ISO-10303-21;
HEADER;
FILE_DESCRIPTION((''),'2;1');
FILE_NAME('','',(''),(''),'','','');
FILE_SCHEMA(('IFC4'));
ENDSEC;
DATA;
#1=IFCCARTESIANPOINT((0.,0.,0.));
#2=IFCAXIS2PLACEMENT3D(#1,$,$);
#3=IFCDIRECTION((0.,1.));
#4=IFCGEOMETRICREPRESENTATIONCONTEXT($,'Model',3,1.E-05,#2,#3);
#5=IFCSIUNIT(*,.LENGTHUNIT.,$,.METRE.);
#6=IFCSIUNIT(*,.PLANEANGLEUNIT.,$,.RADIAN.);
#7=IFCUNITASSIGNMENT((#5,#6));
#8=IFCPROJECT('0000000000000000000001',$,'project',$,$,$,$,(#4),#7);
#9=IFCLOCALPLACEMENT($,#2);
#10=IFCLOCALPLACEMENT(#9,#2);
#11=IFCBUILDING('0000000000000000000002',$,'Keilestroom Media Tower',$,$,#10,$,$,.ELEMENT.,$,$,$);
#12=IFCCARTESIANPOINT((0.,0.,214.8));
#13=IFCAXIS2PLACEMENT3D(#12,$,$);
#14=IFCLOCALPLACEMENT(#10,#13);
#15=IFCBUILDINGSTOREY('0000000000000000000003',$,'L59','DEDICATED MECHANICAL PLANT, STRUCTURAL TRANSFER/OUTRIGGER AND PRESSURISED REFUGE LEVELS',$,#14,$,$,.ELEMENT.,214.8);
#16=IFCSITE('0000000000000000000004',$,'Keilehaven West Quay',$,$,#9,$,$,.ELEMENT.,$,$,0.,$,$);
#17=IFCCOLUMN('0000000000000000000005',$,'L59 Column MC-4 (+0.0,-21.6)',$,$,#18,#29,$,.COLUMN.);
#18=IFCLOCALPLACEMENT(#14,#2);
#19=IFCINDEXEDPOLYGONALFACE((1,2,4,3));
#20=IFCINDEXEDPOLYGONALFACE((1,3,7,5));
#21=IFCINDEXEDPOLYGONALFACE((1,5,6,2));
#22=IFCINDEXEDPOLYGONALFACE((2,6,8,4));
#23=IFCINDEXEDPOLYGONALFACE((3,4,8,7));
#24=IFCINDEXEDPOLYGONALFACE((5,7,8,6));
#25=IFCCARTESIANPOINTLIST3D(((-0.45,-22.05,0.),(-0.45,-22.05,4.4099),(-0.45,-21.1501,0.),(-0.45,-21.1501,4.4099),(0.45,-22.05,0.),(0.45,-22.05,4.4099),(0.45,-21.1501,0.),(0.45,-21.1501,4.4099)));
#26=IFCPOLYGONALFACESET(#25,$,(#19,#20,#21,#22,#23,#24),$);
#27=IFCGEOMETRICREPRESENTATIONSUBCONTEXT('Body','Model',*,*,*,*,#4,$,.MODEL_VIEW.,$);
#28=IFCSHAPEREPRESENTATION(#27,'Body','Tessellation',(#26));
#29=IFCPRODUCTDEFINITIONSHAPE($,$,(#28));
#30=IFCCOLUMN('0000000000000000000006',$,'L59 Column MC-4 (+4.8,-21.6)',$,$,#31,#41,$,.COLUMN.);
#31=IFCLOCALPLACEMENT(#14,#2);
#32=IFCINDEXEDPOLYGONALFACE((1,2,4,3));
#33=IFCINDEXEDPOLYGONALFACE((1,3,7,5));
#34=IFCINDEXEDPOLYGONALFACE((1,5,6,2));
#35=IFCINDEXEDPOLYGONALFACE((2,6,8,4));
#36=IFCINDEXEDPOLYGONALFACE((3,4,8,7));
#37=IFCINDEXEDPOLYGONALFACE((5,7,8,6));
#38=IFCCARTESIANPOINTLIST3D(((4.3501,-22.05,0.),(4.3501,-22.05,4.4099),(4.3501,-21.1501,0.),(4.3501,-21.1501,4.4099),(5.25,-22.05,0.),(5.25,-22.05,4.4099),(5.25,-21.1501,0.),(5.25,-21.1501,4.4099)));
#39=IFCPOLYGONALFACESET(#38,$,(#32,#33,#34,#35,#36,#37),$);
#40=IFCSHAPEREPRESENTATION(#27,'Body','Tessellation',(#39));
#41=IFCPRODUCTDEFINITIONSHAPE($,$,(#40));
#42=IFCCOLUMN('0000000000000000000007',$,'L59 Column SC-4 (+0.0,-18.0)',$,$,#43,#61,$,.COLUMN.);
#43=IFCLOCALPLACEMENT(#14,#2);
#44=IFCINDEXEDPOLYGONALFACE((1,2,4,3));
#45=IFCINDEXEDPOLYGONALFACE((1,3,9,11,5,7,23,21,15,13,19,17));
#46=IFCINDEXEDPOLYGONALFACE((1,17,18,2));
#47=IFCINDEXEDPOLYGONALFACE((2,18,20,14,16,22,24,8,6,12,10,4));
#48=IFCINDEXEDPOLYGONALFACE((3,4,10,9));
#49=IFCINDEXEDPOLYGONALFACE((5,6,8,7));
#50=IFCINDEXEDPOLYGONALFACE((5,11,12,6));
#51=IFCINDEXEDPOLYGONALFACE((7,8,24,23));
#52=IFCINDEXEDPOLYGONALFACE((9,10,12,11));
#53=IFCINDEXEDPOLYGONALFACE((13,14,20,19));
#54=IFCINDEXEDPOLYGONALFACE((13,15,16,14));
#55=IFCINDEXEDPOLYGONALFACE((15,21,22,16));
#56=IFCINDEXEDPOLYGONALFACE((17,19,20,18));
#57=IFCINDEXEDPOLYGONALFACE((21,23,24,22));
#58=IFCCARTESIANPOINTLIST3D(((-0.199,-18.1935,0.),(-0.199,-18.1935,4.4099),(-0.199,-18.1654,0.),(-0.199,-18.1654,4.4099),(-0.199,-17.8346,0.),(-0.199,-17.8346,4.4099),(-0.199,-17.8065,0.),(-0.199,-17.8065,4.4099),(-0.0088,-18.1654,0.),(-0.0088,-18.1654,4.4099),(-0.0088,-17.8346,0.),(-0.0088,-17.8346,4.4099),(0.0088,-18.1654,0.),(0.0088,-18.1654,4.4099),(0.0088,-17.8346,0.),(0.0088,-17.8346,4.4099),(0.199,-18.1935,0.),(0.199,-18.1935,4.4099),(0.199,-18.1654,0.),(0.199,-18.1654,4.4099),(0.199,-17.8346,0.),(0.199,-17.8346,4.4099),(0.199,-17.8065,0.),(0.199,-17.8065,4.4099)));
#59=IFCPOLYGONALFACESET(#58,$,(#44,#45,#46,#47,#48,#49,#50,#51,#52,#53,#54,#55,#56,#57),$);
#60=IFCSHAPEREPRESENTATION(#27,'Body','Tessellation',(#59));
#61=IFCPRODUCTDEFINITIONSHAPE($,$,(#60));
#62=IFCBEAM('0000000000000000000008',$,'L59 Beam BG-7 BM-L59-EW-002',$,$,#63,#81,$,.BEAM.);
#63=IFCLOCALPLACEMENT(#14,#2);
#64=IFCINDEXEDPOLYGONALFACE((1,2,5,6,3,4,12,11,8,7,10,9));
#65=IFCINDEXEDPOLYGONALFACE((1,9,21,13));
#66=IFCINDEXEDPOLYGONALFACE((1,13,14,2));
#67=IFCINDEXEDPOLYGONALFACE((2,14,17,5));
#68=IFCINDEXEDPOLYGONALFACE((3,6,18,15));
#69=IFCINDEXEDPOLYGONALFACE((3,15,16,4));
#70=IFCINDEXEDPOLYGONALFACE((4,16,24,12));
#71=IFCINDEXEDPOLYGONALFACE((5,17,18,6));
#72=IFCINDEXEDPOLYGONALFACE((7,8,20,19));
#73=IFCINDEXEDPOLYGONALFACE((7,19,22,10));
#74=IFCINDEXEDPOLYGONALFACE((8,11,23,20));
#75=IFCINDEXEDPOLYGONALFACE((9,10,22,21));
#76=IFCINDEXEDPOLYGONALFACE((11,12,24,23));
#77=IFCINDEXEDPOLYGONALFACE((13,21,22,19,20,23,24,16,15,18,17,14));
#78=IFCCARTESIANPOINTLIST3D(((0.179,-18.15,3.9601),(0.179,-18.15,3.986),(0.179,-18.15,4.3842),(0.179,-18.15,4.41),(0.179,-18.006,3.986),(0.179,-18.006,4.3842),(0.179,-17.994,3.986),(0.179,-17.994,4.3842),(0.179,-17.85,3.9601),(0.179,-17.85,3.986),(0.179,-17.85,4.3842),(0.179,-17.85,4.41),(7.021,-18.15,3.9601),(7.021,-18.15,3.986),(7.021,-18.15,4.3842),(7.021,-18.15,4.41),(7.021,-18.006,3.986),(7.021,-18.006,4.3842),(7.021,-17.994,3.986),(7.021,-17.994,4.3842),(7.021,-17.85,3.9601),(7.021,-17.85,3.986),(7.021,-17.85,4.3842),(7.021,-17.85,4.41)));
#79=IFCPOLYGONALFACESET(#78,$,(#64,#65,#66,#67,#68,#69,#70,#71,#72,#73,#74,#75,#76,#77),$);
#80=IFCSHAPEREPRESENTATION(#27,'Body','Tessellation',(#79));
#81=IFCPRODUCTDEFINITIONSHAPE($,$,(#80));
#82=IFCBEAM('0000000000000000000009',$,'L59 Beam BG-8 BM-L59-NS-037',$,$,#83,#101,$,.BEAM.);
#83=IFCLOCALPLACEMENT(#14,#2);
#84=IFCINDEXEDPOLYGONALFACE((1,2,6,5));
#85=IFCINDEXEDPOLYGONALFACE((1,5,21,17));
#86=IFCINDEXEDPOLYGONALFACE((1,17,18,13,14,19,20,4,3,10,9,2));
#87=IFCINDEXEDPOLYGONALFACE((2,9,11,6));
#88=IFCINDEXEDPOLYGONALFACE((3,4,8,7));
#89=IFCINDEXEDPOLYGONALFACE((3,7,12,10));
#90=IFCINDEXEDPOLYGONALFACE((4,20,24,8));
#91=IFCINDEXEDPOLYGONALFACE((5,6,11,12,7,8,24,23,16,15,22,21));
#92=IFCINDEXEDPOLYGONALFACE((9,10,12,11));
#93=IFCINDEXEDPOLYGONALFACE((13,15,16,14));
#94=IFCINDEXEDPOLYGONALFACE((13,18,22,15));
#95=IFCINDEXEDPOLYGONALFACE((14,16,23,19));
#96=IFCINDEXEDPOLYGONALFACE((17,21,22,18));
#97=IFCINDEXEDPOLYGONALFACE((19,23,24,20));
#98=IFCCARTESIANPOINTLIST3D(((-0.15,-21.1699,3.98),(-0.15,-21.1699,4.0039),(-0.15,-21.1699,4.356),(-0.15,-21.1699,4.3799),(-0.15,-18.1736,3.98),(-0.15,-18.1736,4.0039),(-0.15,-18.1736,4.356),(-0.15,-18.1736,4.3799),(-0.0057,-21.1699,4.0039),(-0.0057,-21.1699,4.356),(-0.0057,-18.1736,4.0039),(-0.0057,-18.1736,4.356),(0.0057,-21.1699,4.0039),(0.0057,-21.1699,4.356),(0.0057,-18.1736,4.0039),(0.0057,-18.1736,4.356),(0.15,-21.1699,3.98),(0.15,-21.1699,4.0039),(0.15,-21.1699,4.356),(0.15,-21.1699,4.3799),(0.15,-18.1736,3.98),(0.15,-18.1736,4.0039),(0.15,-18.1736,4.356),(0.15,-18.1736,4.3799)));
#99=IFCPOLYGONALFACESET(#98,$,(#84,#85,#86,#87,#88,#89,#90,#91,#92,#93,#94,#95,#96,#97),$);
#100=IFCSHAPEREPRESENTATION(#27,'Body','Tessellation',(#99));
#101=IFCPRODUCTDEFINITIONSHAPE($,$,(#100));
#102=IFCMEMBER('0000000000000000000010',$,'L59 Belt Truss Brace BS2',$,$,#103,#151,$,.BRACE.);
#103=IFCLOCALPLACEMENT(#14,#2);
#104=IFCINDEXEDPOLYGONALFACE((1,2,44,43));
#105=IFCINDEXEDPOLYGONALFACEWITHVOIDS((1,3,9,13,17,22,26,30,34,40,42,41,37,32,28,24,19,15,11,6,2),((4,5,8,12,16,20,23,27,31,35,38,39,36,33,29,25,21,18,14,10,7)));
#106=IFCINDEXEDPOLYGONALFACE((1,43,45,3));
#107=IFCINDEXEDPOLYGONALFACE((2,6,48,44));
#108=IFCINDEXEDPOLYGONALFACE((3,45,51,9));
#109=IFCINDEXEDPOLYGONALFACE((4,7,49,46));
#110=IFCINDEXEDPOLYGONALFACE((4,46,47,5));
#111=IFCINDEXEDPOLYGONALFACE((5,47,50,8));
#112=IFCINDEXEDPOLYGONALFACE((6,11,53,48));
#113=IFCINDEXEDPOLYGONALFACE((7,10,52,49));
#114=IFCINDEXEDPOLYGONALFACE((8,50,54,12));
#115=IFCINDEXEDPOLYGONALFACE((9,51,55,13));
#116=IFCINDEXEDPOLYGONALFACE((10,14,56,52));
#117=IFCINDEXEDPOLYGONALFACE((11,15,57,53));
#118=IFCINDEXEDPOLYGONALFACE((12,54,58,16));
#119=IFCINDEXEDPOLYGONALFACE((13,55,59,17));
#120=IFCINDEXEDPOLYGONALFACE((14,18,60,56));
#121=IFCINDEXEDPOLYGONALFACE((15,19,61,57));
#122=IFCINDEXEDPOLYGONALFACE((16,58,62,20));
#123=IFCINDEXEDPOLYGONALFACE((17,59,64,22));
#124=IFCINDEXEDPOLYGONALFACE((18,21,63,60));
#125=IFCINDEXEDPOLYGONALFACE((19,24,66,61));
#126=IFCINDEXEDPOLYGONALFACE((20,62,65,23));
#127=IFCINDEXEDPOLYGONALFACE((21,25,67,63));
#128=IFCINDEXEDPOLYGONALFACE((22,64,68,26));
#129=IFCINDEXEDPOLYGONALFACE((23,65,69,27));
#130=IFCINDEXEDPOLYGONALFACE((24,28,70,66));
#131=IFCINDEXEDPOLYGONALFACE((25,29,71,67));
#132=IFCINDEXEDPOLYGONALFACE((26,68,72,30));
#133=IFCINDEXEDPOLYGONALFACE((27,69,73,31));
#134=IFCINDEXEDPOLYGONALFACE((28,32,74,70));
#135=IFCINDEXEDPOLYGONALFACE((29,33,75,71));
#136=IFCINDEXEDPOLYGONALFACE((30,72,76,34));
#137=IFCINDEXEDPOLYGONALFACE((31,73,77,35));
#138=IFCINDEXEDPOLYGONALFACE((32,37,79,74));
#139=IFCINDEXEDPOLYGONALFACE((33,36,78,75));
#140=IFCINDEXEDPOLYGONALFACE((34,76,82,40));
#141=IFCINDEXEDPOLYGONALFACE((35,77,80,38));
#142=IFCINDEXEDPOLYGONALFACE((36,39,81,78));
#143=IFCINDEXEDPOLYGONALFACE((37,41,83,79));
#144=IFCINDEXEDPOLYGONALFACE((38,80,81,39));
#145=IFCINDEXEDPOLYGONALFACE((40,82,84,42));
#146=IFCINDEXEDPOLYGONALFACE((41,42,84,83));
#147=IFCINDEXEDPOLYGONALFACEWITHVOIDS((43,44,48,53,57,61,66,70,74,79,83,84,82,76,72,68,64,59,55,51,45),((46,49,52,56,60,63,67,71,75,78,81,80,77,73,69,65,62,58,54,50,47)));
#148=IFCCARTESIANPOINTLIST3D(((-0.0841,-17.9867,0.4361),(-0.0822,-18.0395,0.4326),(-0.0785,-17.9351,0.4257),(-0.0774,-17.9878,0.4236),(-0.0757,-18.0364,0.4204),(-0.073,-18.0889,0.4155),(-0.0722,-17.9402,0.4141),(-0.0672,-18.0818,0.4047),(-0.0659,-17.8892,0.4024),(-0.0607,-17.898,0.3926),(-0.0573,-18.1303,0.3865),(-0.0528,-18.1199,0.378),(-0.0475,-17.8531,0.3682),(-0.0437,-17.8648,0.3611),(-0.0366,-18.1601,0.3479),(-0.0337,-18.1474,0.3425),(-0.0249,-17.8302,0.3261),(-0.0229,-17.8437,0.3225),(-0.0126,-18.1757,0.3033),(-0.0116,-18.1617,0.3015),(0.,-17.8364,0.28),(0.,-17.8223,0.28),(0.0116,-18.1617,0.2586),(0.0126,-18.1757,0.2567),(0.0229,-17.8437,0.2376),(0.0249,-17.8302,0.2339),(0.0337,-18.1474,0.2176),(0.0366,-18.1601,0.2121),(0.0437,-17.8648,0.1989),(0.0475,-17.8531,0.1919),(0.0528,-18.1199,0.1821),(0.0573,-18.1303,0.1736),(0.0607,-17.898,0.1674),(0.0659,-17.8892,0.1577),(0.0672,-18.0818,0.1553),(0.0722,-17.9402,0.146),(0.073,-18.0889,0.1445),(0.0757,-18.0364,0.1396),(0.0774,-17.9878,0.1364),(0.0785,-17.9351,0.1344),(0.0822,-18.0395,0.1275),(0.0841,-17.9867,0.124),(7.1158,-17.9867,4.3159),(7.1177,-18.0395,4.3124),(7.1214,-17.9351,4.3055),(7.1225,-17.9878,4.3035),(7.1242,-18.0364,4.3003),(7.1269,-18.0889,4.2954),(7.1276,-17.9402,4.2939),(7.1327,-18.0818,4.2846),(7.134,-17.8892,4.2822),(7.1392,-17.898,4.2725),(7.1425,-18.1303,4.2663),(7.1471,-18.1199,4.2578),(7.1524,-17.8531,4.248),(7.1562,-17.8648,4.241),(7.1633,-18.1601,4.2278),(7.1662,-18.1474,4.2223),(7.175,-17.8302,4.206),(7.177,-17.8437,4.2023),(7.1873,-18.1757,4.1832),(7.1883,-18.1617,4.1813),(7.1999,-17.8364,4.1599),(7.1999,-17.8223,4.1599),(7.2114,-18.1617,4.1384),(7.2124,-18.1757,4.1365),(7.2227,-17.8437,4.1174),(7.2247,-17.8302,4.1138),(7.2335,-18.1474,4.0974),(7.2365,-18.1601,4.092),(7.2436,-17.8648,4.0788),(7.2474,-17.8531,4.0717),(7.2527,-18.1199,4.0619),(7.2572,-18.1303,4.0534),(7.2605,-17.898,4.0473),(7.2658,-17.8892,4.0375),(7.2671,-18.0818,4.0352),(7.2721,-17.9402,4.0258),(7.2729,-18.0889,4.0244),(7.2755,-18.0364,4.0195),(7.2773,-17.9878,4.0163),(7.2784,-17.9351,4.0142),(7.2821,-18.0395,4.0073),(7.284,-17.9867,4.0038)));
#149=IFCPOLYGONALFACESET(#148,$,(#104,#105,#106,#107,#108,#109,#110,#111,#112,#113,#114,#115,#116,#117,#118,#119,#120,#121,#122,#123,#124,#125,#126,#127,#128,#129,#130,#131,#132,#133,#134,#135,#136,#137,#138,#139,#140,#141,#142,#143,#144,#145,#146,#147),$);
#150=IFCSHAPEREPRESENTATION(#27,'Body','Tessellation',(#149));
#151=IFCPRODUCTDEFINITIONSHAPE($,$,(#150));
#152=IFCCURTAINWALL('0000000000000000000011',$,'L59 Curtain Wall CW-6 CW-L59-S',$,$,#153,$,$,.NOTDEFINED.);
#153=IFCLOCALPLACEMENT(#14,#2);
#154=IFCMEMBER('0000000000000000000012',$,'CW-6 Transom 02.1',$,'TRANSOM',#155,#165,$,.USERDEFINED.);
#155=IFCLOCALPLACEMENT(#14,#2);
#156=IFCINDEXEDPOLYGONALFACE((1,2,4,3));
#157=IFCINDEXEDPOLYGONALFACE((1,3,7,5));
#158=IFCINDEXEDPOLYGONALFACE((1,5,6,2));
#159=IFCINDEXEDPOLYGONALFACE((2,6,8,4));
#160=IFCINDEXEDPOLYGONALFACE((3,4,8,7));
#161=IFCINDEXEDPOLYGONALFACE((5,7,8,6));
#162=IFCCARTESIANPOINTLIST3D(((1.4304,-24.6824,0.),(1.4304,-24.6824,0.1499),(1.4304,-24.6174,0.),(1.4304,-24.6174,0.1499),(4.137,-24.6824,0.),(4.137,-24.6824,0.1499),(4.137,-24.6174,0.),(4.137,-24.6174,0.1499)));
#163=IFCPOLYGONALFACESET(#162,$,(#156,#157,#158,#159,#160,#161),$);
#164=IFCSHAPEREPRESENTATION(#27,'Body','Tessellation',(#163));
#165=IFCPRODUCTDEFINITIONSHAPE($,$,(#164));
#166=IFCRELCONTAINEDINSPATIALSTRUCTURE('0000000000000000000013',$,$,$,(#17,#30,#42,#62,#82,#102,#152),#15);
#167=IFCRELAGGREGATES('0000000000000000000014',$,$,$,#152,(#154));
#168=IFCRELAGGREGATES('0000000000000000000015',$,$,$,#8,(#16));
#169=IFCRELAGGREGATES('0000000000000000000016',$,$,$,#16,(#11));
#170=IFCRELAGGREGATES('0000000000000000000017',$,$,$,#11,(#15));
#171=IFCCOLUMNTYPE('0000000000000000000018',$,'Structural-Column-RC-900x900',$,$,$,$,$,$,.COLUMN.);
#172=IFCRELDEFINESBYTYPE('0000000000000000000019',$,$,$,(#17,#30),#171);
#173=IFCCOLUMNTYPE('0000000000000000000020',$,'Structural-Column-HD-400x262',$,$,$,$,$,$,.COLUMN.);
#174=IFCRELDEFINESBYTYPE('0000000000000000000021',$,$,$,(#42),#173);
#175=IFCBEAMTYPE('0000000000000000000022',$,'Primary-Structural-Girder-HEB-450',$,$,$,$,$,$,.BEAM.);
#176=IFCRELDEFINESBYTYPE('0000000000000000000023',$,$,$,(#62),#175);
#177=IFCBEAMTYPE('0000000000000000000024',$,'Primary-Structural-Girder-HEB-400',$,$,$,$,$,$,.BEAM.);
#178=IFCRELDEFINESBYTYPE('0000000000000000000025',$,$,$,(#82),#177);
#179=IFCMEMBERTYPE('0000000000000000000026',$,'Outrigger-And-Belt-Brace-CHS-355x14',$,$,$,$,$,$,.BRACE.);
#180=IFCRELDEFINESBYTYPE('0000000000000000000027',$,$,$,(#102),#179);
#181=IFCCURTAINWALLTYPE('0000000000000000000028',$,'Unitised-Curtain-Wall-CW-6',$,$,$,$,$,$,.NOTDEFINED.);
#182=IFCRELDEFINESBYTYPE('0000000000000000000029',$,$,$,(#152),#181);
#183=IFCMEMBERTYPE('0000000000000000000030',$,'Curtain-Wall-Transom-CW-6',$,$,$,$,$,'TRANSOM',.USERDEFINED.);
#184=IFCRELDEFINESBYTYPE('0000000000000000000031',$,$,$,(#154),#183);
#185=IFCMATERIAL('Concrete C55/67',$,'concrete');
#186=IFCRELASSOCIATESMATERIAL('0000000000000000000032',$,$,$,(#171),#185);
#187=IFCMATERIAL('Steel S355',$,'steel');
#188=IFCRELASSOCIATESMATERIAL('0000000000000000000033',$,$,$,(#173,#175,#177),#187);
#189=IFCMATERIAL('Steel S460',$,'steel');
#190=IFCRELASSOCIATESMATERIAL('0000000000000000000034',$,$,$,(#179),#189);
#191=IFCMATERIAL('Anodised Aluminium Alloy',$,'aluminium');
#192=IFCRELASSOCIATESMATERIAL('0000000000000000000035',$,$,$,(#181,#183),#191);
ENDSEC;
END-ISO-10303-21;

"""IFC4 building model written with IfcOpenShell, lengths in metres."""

from ifc_helpers import new_model, si_unit, direction, frame, origin, origin_2d, place, context, subcontext, project, spatial, rectangle, hollow_circle, i_section, extrude, source, transform, mapped, material, material_profile, profile_set, type_object, element, aggregate, save


model = new_model("IFC4")

# Units and contexts
model_context = context("Model", 3, precision=1e-05, world=origin(), true_north=direction((0.0, 1.0)))
body_context = subcontext(model_context, "Body", "Model", "MODEL_VIEW")
ifc_project = project(units=[si_unit("LENGTHUNIT", "METRE"), si_unit("PLANEANGLEUNIT", "RADIAN")], contexts=[model_context])

# Site, building, storey
site_placement = place(None, origin())
site = spatial("IfcSite", under=ifc_project, at=site_placement, Name="Keilehaven West Quay", CompositionType="ELEMENT", RefElevation=0.0)
building_placement = place(site_placement, origin())
building = spatial("IfcBuilding", under=site, at=building_placement, Name="Keilestroom Media Tower", CompositionType="ELEMENT")
storey_placement = place(building_placement, frame((0.0, 0.0, 214.8)))
storey = spatial("IfcBuildingStorey", under=building, at=storey_placement, Name="L59", Description="DEDICATED MECHANICAL PLANT, STRUCTURAL TRANSFER/OUTRIGGER AND PRESSURISED REFUGE LEVELS", CompositionType="ELEMENT", Elevation=214.8)

# Columns
ifc_material_1 = material(Name="Concrete C55/67", Category="concrete")
ifc_material_profile_1 = material_profile(ifc_material_1, rectangle(XDim=0.8999, YDim=0.8999, at=origin_2d()), Name="RC 900x900")
ifc_profile_set_1 = profile_set([ifc_material_profile_1], Name="Concrete C55/67")
column_type_1 = type_object("IfcColumnType", Name="Structural-Column-RC-900x900", PredefinedType="COLUMN", material=ifc_profile_set_1)
shared_shape_1 = source(origin(), body_context, "Body", "SweptSolid", [
    extrude(rectangle(XDim=0.8999, YDim=0.8999, at=origin_2d()), origin(), (0.0, 0.0, 1.0), 4.4099),
])
for number, where, z_axis, x_axis, name in (
    (1, (0.0, -21.6001, 0.0), (0.0, 0.0, 1.0), (1.0, 0.0, 0.0), "L59 Column MC-4 (+0.0,-21.6)"),
    (2, (4.8, -21.6001, 0.0), (0.0, 0.0, 1.0), (1.0, 0.0, 0.0), "L59 Column MC-4 (+4.8,-21.6)"),
):
    element("IfcColumn", number, at=place(storey_placement, frame(where, z_axis=z_axis, x_axis=x_axis)), inside=storey, type_object=column_type_1, Name=name, PredefinedType="COLUMN", context=body_context, shape_type="MappedRepresentation", body=[
        mapped(shared_shape_1, transform((0.0, 0.0, 0.0), x_axis=(1.0, 0.0, 0.0), y_axis=(0.0, 1.0, 0.0), z_axis=(0.0, 0.0, 1.0), scale=1.0)),
    ])
ifc_material_2 = material(Name="Steel S355", Category="steel")
ifc_material_profile_2 = material_profile(ifc_material_2, i_section(OverallWidth=0.3979, OverallDepth=0.387, WebThickness=0.0176, FlangeThickness=0.0281, at=origin_2d()), Name="HD 400x262")
ifc_profile_set_2 = profile_set([ifc_material_profile_2], Name="Steel S355")
column_type_2 = type_object("IfcColumnType", Name="Structural-Column-HD-400x262", PredefinedType="COLUMN", material=ifc_profile_set_2)
shared_shape_2 = source(origin(), body_context, "Body", "SweptSolid", [
    extrude(i_section(OverallWidth=0.3979, OverallDepth=0.387, WebThickness=0.0176, FlangeThickness=0.0281, at=origin_2d()), origin(), (0.0, 0.0, 1.0), 4.4099),
])
column_placement = place(storey_placement, frame((0.0, -18.0, 0.0), z_axis=(0.0, 0.0, 1.0), x_axis=(1.0, 0.0, 0.0)))
element("IfcColumn", 3, at=column_placement, inside=storey, type_object=column_type_2, Name="L59 Column SC-4 (+0.0,-18.0)", PredefinedType="COLUMN", context=body_context, shape_type="MappedRepresentation", body=[
    mapped(shared_shape_2, transform((0.0, 0.0, 0.0), x_axis=(1.0, 0.0, 0.0), y_axis=(0.0, 1.0, 0.0), z_axis=(0.0, 0.0, 1.0), scale=1.0)),
])

# Beams
ifc_material_profile_3 = material_profile(ifc_material_2, i_section(OverallWidth=0.3, OverallDepth=0.45, WebThickness=0.012, FlangeThickness=0.0259, at=origin_2d()), Name="HEB 450")
ifc_profile_set_3 = profile_set([ifc_material_profile_3], Name="Steel S355")
beam_type_1 = type_object("IfcBeamType", Name="Primary-Structural-Girder-HEB-450", PredefinedType="BEAM", material=ifc_profile_set_3)
shared_shape_3 = source(origin(), body_context, "Body", "SweptSolid", [
    extrude(i_section(OverallWidth=0.3, OverallDepth=0.45, WebThickness=0.012, FlangeThickness=0.0259, at=origin_2d()), origin(), (0.0, 0.0, 1.0), 6.842),
])
beam_1_placement = place(storey_placement, frame((0.179, -18.0, 4.1851), z_axis=(1.0, 0.0, 0.0), x_axis=(0.0, 1.0, 0.0)))
element("IfcBeam", 4, at=beam_1_placement, inside=storey, type_object=beam_type_1, Name="L59 Beam BG-7 BM-L59-EW-002", PredefinedType="BEAM", context=body_context, shape_type="MappedRepresentation", body=[
    mapped(shared_shape_3, transform((0.0, 0.0, 0.0), x_axis=(1.0, 0.0, 0.0), y_axis=(0.0, 1.0, 0.0), z_axis=(0.0, 0.0, 1.0), scale=1.0)),
])
ifc_material_profile_4 = material_profile(ifc_material_2, i_section(OverallWidth=0.3, OverallDepth=0.3999, WebThickness=0.0115, FlangeThickness=0.0239, at=origin_2d()), Name="HEB 400")
ifc_profile_set_4 = profile_set([ifc_material_profile_4], Name="Steel S355")
beam_type_2 = type_object("IfcBeamType", Name="Primary-Structural-Girder-HEB-400", PredefinedType="BEAM", material=ifc_profile_set_4)
shared_shape_4 = source(origin(), body_context, "Body", "SweptSolid", [
    extrude(i_section(OverallWidth=0.3, OverallDepth=0.3999, WebThickness=0.0115, FlangeThickness=0.0239, at=origin_2d()), origin(), (0.0, 0.0, 1.0), 2.9963),
])
beam_2_placement = place(storey_placement, frame((0.0, -21.1699, 4.1799), z_axis=(0.0, 1.0, 0.0), x_axis=(-1.0, 0.0, 0.0)))
element("IfcBeam", 5, at=beam_2_placement, inside=storey, type_object=beam_type_2, Name="L59 Beam BG-8 BM-L59-NS-037", PredefinedType="BEAM", context=body_context, shape_type="MappedRepresentation", body=[
    mapped(shared_shape_4, transform((0.0, 0.0, 0.0), x_axis=(1.0, 0.0, 0.0), y_axis=(0.0, 1.0, 0.0), z_axis=(0.0, 0.0, 1.0), scale=1.0)),
])

# Member
ifc_material_3 = material(Name="Steel S460", Category="steel")
ifc_material_profile_5 = material_profile(ifc_material_3, hollow_circle(Radius=0.1777, WallThickness=0.0142, at=origin_2d()), Name="CHS 355.6x14.2")
ifc_profile_set_5 = profile_set([ifc_material_profile_5], Name="Steel S460")
member_type_1 = type_object("IfcMemberType", Name="Outrigger-And-Belt-Brace-CHS-355x14", PredefinedType="BRACE", material=ifc_profile_set_5)
shared_shape_5 = source(origin(), body_context, "Body", "SweptSolid", [
    extrude(hollow_circle(Radius=0.1777, WallThickness=0.0142, at=origin_2d()), origin(), (0.0, 0.0, 1.0), 8.1787),
])
member_1_placement = place(storey_placement, frame((0.0, -18.0, 0.28), z_axis=(0.880319, 0.0, 0.474383), x_axis=(0.0, 1.0, 0.0)))
element("IfcMember", 6, at=member_1_placement, inside=storey, type_object=member_type_1, Name="L59 Belt Truss Brace BS2", PredefinedType="BRACE", context=body_context, shape_type="MappedRepresentation", body=[
    mapped(shared_shape_5, transform((0.0, 0.0, 0.0), x_axis=(1.0, 0.0, 0.0), y_axis=(0.0, 1.0, 0.0), z_axis=(0.0, 0.0, 1.0), scale=1.0)),
])

# Curtain wall, member
ifc_material_4 = material(Name="Anodised Aluminium Alloy", Category="aluminium")
curtain_wall_type = type_object("IfcCurtainWallType", Name="Unitised-Curtain-Wall-CW-6", PredefinedType="NOTDEFINED", material=ifc_material_4)
curtain_wall_placement = place(storey_placement, origin())
curtain_wall = element("IfcCurtainWall", 7, at=curtain_wall_placement, inside=storey, type_object=curtain_wall_type, Name="L59 Curtain Wall CW-6 CW-L59-S", PredefinedType="NOTDEFINED")
ifc_material_profile_6 = material_profile(ifc_material_4, rectangle(XDim=0.0649, YDim=0.1499, at=origin_2d()), Name="ALU TRANSOM 65x150")
ifc_profile_set_6 = profile_set([ifc_material_profile_6], Name="Anodised Aluminium Alloy")
member_type_2 = type_object("IfcMemberType", Name="Curtain-Wall-Transom-CW-6", ElementType="TRANSOM", PredefinedType="USERDEFINED", material=ifc_profile_set_6)
shared_shape_6 = source(origin(), body_context, "Body", "SweptSolid", [
    extrude(rectangle(XDim=0.0649, YDim=0.1499, at=origin_2d()), origin(), (0.0, 0.0, 1.0), 2.7065),
])
member_2_placement = place(storey_placement, frame((1.4304, -24.6499, 0.075), z_axis=(1.0, 0.0, 0.0), x_axis=(0.0, 1.0, 0.0)))
member_2 = element("IfcMember", 8, at=member_2_placement, type_object=member_type_2, Name="CW-6 Transom 02.1", ObjectType="TRANSOM", PredefinedType="USERDEFINED", context=body_context, shape_type="MappedRepresentation", body=[
    mapped(shared_shape_6, transform((0.0, 0.0, 0.0), x_axis=(1.0, 0.0, 0.0), y_axis=(0.0, 1.0, 0.0), z_axis=(0.0, 0.0, 1.0), scale=1.0)),
])

aggregate(curtain_wall, [member_2])

save(model, "model.ifc")
